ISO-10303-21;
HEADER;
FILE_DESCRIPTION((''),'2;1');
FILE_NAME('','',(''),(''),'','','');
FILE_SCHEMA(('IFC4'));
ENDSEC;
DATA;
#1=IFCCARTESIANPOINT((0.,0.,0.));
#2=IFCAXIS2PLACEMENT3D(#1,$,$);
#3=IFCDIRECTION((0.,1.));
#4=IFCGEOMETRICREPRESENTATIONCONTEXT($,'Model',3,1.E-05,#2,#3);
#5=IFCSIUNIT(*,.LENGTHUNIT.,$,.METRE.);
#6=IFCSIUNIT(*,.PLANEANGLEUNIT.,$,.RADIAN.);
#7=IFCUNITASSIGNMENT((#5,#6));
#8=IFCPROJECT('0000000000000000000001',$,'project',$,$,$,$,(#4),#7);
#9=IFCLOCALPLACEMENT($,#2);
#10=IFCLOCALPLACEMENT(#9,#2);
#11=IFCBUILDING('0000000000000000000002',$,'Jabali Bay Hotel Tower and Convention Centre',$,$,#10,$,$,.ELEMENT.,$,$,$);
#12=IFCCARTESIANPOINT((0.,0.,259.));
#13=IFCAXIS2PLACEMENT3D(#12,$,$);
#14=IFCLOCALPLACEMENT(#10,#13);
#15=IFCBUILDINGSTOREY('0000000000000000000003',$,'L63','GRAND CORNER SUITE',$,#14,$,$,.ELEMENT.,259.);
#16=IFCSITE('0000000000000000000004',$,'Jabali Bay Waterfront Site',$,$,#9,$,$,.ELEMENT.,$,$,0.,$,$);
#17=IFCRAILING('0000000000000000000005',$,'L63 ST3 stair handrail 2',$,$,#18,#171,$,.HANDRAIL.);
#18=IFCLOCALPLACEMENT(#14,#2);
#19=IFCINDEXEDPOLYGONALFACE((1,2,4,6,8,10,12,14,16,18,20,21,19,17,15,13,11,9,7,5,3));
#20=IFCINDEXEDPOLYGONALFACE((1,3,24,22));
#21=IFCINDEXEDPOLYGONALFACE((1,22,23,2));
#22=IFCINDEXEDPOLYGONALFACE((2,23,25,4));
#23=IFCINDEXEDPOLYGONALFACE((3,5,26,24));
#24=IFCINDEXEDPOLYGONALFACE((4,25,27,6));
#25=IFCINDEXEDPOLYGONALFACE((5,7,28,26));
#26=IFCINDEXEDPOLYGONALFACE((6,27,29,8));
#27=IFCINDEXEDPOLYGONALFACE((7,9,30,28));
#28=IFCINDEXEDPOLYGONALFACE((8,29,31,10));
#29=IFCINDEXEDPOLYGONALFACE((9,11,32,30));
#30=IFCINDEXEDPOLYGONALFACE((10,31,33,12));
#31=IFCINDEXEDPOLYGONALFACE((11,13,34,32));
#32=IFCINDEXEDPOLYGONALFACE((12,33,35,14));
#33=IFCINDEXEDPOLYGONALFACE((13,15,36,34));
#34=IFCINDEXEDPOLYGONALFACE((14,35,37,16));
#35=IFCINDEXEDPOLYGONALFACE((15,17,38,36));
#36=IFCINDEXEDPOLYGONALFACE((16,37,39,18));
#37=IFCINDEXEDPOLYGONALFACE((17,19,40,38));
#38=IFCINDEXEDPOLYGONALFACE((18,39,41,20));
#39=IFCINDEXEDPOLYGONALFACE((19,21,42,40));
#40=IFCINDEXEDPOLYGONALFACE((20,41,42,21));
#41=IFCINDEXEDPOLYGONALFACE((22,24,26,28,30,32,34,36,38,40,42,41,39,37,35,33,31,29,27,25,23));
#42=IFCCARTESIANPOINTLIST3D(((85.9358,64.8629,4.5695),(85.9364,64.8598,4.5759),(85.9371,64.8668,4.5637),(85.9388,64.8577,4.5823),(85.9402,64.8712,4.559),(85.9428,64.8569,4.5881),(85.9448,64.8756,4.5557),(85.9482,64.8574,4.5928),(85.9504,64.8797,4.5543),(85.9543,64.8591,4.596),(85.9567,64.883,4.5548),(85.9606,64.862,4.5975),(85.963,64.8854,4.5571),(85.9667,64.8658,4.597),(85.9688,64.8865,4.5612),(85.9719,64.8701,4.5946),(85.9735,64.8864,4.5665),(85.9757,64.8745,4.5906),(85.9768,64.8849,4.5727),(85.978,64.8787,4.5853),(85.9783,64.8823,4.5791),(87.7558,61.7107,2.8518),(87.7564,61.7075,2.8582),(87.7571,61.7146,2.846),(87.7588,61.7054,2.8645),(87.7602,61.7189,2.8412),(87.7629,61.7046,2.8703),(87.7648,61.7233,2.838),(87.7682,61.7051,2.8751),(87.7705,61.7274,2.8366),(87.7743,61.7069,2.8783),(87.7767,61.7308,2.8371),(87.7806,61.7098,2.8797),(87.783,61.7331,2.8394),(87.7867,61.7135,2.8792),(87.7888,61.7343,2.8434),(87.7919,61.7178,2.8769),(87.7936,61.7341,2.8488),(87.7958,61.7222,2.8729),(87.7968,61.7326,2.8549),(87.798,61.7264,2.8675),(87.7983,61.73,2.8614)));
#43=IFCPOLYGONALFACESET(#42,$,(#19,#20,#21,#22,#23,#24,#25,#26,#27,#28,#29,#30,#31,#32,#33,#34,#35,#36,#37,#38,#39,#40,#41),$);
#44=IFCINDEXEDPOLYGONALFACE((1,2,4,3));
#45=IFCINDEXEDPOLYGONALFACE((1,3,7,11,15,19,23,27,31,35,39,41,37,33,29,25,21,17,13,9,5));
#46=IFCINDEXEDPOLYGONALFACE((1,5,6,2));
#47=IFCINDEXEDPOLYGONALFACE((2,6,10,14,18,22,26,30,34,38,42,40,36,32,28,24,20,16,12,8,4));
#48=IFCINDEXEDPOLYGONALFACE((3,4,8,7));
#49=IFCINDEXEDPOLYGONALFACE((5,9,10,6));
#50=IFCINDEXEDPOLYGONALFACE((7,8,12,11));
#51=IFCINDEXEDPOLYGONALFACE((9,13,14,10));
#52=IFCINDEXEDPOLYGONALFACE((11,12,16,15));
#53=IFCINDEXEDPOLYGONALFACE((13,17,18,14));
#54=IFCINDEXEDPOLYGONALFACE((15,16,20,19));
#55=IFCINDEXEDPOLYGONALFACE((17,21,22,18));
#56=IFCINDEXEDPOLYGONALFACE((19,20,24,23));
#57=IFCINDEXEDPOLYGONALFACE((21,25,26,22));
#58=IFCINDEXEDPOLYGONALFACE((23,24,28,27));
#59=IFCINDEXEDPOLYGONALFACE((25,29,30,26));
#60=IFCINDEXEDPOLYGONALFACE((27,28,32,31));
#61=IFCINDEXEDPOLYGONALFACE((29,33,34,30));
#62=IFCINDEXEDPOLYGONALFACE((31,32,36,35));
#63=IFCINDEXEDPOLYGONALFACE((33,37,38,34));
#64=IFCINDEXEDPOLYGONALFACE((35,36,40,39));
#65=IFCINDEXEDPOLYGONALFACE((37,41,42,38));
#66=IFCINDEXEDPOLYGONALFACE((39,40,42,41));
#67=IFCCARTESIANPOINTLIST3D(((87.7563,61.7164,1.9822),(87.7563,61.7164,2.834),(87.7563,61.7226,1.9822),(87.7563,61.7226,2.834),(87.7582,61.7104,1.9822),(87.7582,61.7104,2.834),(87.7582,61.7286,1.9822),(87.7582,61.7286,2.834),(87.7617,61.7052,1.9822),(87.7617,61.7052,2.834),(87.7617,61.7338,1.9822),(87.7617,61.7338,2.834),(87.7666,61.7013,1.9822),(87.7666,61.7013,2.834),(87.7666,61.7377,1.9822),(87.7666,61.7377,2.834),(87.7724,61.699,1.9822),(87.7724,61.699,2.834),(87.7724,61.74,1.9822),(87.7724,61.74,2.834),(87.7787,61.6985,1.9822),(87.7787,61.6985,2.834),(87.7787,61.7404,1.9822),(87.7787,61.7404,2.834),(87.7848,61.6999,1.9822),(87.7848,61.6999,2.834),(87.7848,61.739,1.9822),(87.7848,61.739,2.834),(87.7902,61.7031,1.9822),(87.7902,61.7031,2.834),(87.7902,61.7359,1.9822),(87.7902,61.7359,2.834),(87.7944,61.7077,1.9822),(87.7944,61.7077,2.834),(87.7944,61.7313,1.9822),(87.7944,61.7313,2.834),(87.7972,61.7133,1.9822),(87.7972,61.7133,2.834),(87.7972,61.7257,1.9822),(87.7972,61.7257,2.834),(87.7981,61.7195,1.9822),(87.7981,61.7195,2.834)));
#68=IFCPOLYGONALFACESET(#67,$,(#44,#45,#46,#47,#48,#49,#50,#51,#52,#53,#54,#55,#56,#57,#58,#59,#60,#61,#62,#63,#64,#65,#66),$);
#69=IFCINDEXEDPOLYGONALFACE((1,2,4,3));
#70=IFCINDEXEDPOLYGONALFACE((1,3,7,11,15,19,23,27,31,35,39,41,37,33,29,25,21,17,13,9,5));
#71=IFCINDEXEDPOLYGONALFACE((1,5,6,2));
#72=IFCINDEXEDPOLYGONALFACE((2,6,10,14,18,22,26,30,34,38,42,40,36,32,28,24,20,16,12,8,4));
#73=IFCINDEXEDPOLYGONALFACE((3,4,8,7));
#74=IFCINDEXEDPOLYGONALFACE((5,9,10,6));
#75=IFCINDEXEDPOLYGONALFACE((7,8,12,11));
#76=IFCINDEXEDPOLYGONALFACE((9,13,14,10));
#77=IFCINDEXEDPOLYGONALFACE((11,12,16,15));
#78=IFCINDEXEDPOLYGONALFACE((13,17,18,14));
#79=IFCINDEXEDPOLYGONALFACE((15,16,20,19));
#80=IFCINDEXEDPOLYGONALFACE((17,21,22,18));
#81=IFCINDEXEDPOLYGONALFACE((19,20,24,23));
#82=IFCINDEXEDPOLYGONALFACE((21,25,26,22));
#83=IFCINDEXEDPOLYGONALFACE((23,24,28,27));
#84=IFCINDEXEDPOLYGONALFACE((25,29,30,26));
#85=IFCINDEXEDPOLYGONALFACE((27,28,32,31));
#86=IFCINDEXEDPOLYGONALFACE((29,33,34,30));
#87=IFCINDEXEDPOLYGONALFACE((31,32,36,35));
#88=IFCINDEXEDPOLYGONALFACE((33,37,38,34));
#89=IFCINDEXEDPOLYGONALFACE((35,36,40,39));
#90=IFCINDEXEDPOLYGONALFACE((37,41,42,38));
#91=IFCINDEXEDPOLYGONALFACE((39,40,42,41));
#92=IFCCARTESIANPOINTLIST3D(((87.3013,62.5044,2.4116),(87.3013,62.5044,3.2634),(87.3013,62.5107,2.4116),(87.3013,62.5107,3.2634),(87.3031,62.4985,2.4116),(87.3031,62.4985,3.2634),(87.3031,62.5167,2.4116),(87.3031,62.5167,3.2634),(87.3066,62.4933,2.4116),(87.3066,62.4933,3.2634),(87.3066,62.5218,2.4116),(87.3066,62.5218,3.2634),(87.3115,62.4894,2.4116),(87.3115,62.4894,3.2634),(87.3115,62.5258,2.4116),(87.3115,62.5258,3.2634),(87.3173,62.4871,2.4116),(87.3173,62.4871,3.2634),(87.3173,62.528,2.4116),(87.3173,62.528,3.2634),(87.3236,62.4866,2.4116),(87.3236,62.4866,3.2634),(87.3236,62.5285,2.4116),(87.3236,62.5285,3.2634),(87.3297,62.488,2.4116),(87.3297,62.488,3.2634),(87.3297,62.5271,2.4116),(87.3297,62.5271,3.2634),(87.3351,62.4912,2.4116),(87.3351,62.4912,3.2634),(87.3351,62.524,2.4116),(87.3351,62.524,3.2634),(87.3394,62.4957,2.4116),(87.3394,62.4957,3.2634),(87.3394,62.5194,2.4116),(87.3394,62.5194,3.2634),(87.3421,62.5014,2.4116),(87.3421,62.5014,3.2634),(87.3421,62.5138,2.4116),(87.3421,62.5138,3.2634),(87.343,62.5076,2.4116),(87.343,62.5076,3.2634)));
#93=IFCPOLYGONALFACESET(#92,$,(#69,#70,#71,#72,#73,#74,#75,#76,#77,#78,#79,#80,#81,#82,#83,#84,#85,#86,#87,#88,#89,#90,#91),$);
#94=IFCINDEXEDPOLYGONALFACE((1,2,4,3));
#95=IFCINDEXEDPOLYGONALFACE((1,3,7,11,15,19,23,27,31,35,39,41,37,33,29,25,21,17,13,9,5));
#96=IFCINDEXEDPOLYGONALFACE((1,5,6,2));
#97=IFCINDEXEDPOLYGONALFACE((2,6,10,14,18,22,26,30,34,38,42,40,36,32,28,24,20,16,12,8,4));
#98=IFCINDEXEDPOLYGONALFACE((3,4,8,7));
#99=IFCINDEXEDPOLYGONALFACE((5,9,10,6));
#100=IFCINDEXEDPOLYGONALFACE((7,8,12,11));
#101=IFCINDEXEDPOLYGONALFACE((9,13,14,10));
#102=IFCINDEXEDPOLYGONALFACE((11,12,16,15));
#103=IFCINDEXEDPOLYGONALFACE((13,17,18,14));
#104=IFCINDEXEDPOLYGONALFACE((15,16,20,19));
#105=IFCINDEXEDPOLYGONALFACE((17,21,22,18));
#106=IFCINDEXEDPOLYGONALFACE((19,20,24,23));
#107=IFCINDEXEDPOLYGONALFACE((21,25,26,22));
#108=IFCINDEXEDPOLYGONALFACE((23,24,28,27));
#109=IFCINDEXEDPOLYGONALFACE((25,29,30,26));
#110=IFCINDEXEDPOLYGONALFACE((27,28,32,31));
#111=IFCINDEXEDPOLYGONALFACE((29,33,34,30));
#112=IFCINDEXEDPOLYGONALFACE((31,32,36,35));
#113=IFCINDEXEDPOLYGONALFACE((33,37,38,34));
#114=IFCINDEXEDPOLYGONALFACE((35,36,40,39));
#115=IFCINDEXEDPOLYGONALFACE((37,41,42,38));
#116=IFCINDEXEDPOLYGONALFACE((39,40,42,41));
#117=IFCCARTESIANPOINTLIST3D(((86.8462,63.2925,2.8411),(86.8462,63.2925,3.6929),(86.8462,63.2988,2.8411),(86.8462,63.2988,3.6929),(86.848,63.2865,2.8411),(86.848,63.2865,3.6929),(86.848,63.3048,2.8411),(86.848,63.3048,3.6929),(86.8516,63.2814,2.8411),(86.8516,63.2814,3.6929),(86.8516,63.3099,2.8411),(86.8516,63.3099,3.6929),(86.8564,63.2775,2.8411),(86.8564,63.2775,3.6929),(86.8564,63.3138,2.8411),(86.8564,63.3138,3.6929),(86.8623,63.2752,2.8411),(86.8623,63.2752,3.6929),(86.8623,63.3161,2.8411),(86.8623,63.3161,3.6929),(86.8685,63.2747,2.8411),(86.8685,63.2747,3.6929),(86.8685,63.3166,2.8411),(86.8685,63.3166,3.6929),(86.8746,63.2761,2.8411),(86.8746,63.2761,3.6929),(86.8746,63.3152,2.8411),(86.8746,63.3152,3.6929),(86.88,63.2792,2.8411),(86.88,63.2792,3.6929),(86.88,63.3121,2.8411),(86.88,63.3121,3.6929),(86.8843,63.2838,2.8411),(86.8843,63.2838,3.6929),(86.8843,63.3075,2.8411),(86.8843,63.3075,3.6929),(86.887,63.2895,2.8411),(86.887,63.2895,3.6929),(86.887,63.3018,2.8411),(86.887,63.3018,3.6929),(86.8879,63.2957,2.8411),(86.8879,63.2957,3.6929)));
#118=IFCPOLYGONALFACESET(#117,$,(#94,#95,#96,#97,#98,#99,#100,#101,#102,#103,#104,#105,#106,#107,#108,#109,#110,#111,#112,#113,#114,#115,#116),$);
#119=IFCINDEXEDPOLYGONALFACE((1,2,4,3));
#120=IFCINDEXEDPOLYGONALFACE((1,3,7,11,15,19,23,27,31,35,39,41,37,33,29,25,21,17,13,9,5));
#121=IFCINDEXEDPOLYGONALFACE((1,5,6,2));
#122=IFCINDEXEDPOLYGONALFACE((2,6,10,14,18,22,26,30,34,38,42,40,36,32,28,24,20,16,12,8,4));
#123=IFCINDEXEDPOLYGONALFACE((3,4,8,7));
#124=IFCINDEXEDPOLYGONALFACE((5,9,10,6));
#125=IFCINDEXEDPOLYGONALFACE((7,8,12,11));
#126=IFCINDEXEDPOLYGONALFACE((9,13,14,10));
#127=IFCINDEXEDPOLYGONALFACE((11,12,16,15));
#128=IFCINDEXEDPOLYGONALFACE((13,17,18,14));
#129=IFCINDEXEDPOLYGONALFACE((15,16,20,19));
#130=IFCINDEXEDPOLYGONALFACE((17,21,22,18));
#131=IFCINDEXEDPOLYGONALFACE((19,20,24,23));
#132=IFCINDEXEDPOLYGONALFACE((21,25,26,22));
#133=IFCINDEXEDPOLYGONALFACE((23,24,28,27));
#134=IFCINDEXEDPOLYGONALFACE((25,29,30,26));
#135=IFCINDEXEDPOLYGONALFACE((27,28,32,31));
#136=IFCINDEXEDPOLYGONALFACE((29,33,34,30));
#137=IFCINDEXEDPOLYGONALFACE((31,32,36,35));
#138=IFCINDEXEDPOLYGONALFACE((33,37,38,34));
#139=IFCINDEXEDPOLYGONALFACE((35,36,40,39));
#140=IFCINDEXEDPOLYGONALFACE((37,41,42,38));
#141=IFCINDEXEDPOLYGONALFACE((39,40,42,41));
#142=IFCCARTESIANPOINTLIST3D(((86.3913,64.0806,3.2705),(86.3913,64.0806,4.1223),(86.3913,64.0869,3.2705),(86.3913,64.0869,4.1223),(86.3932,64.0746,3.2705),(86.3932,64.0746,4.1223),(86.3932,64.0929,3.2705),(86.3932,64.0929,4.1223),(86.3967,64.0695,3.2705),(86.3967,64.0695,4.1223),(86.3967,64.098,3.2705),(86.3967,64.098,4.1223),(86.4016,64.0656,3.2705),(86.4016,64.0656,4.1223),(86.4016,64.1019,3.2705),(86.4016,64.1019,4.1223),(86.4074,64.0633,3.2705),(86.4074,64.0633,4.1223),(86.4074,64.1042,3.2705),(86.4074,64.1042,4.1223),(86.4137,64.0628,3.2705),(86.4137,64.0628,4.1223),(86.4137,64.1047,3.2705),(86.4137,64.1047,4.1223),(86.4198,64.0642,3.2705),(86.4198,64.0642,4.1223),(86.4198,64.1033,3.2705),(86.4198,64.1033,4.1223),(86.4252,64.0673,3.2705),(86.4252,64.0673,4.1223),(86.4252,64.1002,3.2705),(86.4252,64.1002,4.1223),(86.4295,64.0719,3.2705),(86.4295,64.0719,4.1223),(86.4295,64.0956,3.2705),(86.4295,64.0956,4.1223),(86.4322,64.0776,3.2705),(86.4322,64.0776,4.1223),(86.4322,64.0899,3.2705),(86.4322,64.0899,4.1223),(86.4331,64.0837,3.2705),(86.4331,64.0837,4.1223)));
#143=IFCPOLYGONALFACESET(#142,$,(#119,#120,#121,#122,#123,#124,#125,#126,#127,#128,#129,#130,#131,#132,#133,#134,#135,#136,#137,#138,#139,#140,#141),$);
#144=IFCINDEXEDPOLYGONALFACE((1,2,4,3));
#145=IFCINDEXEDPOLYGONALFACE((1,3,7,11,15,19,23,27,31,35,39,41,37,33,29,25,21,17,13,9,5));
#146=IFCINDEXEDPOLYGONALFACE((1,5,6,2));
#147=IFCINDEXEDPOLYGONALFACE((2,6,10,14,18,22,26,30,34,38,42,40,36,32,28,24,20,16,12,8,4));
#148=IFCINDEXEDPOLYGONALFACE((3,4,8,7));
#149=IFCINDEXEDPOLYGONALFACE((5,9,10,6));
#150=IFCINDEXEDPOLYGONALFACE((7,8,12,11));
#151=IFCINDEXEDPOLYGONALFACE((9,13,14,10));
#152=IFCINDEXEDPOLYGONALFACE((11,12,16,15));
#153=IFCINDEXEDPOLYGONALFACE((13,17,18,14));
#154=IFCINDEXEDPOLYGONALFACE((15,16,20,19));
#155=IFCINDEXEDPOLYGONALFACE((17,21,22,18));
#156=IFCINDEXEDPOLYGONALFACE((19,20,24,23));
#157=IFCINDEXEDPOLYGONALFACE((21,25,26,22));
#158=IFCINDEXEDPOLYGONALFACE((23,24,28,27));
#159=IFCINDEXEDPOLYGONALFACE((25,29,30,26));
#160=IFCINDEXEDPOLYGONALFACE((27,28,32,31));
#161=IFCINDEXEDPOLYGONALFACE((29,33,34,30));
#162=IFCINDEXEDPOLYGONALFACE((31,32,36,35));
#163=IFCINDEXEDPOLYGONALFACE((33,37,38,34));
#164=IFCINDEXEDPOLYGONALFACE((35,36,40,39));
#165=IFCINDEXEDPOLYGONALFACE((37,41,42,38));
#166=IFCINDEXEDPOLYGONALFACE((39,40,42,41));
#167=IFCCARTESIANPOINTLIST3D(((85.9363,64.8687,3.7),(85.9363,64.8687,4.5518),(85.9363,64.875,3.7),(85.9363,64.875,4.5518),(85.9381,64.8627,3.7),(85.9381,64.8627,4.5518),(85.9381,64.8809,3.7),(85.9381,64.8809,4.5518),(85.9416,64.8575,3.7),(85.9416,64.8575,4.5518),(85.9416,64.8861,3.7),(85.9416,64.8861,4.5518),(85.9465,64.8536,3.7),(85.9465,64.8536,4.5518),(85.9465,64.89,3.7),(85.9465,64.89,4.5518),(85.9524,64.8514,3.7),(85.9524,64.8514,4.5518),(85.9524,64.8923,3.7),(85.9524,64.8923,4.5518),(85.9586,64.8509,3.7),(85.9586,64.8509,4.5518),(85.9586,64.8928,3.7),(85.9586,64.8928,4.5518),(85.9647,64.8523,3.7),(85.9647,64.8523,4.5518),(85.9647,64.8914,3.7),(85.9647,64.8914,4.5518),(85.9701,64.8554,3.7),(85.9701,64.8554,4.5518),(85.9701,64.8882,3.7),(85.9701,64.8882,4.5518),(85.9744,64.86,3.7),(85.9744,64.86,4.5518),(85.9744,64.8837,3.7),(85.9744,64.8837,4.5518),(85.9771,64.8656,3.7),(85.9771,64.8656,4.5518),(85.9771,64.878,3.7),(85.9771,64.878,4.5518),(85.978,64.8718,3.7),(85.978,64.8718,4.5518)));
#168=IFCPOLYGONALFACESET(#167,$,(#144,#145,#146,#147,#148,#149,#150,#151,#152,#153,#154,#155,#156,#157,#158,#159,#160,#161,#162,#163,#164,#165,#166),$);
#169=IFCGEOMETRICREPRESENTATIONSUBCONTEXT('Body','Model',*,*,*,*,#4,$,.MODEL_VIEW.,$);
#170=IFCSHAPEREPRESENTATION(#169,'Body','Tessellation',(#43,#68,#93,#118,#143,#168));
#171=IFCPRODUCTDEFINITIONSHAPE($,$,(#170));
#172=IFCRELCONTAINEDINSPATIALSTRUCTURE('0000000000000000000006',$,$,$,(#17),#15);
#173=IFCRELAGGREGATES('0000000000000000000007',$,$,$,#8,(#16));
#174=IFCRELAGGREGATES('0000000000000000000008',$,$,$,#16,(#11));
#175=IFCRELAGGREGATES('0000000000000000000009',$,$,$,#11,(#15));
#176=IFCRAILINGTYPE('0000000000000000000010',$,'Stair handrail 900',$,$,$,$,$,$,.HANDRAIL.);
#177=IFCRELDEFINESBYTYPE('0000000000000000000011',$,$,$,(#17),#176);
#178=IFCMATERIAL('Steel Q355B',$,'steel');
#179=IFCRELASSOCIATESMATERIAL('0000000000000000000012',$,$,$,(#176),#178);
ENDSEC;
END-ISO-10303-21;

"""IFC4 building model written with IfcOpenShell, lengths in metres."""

from ifc_helpers import new_model, si_unit, direction, frame, origin, origin_2d, place, context, subcontext, project, spatial, circle, extrude, material, type_object, element, save


model = new_model("IFC4")

# Units and contexts
model_context = context("Model", 3, precision=1e-05, world=origin(), true_north=direction((0.0, 1.0)))
body_context = subcontext(model_context, "Body", "Model", "MODEL_VIEW")
ifc_project = project(units=[si_unit("LENGTHUNIT", "METRE"), si_unit("PLANEANGLEUNIT", "RADIAN")], contexts=[model_context])

# Site, building, storey
site_placement = place(None, origin())
site = spatial("IfcSite", under=ifc_project, at=site_placement, Name="Jabali Bay Waterfront Site", CompositionType="ELEMENT", RefElevation=0.0)
building_placement = place(site_placement, origin())
building = spatial("IfcBuilding", under=site, at=building_placement, Name="Jabali Bay Hotel Tower and Convention Centre", CompositionType="ELEMENT")
storey_placement = place(building_placement, frame((0.0, 0.0, 259.0)))
storey = spatial("IfcBuildingStorey", under=building, at=storey_placement, Name="L63", Description="GRAND CORNER SUITE", CompositionType="ELEMENT", Elevation=259.0)

# Railing
ifc_material_1 = material(Name="Steel Q355B", Category="steel")
railing_type_1 = type_object("IfcRailingType", Name="Stair handrail 900", PredefinedType="HANDRAIL", material=ifc_material_1)
railing_1_placement = place(storey_placement, frame((87.7771, 61.7195, 1.9822)))
element("IfcRailing", 1, at=railing_1_placement, inside=storey, type_object=railing_type_1, Name="L63 ST3 stair handrail 2", PredefinedType="HANDRAIL", context=body_context, shape_type="SweptSolid", body=[
    extrude(circle(Radius=0.0239, at=origin_2d()), frame((0.0, 0.0, 0.876), z_axis=(-0.45219, 0.78319, 0.426775), x_axis=(-0.866018, -0.500013, 0.0)), (0.0, 0.0, 1.0), 4.0249),
    extrude(circle(Radius=0.021, at=origin_2d()), origin(), (0.0, 0.0, 1.0), 0.8518),
    extrude(circle(Radius=0.021, at=origin_2d()), frame((-0.4551, 0.7881, 0.4294)), (0.0, 0.0, 1.0), 0.8518),
    extrude(circle(Radius=0.021, at=origin_2d()), frame((-0.9102, 1.5762, 0.8589)), (0.0, 0.0, 1.0), 0.8518),
    extrude(circle(Radius=0.021, at=origin_2d()), frame((-1.365, 2.3643, 1.2883)), (0.0, 0.0, 1.0), 0.8518),
    extrude(circle(Radius=0.021, at=origin_2d()), frame((-1.8201, 3.1523, 1.7178)), (0.0, 0.0, 1.0), 0.8518),
])

save(model, "model.ifc")
